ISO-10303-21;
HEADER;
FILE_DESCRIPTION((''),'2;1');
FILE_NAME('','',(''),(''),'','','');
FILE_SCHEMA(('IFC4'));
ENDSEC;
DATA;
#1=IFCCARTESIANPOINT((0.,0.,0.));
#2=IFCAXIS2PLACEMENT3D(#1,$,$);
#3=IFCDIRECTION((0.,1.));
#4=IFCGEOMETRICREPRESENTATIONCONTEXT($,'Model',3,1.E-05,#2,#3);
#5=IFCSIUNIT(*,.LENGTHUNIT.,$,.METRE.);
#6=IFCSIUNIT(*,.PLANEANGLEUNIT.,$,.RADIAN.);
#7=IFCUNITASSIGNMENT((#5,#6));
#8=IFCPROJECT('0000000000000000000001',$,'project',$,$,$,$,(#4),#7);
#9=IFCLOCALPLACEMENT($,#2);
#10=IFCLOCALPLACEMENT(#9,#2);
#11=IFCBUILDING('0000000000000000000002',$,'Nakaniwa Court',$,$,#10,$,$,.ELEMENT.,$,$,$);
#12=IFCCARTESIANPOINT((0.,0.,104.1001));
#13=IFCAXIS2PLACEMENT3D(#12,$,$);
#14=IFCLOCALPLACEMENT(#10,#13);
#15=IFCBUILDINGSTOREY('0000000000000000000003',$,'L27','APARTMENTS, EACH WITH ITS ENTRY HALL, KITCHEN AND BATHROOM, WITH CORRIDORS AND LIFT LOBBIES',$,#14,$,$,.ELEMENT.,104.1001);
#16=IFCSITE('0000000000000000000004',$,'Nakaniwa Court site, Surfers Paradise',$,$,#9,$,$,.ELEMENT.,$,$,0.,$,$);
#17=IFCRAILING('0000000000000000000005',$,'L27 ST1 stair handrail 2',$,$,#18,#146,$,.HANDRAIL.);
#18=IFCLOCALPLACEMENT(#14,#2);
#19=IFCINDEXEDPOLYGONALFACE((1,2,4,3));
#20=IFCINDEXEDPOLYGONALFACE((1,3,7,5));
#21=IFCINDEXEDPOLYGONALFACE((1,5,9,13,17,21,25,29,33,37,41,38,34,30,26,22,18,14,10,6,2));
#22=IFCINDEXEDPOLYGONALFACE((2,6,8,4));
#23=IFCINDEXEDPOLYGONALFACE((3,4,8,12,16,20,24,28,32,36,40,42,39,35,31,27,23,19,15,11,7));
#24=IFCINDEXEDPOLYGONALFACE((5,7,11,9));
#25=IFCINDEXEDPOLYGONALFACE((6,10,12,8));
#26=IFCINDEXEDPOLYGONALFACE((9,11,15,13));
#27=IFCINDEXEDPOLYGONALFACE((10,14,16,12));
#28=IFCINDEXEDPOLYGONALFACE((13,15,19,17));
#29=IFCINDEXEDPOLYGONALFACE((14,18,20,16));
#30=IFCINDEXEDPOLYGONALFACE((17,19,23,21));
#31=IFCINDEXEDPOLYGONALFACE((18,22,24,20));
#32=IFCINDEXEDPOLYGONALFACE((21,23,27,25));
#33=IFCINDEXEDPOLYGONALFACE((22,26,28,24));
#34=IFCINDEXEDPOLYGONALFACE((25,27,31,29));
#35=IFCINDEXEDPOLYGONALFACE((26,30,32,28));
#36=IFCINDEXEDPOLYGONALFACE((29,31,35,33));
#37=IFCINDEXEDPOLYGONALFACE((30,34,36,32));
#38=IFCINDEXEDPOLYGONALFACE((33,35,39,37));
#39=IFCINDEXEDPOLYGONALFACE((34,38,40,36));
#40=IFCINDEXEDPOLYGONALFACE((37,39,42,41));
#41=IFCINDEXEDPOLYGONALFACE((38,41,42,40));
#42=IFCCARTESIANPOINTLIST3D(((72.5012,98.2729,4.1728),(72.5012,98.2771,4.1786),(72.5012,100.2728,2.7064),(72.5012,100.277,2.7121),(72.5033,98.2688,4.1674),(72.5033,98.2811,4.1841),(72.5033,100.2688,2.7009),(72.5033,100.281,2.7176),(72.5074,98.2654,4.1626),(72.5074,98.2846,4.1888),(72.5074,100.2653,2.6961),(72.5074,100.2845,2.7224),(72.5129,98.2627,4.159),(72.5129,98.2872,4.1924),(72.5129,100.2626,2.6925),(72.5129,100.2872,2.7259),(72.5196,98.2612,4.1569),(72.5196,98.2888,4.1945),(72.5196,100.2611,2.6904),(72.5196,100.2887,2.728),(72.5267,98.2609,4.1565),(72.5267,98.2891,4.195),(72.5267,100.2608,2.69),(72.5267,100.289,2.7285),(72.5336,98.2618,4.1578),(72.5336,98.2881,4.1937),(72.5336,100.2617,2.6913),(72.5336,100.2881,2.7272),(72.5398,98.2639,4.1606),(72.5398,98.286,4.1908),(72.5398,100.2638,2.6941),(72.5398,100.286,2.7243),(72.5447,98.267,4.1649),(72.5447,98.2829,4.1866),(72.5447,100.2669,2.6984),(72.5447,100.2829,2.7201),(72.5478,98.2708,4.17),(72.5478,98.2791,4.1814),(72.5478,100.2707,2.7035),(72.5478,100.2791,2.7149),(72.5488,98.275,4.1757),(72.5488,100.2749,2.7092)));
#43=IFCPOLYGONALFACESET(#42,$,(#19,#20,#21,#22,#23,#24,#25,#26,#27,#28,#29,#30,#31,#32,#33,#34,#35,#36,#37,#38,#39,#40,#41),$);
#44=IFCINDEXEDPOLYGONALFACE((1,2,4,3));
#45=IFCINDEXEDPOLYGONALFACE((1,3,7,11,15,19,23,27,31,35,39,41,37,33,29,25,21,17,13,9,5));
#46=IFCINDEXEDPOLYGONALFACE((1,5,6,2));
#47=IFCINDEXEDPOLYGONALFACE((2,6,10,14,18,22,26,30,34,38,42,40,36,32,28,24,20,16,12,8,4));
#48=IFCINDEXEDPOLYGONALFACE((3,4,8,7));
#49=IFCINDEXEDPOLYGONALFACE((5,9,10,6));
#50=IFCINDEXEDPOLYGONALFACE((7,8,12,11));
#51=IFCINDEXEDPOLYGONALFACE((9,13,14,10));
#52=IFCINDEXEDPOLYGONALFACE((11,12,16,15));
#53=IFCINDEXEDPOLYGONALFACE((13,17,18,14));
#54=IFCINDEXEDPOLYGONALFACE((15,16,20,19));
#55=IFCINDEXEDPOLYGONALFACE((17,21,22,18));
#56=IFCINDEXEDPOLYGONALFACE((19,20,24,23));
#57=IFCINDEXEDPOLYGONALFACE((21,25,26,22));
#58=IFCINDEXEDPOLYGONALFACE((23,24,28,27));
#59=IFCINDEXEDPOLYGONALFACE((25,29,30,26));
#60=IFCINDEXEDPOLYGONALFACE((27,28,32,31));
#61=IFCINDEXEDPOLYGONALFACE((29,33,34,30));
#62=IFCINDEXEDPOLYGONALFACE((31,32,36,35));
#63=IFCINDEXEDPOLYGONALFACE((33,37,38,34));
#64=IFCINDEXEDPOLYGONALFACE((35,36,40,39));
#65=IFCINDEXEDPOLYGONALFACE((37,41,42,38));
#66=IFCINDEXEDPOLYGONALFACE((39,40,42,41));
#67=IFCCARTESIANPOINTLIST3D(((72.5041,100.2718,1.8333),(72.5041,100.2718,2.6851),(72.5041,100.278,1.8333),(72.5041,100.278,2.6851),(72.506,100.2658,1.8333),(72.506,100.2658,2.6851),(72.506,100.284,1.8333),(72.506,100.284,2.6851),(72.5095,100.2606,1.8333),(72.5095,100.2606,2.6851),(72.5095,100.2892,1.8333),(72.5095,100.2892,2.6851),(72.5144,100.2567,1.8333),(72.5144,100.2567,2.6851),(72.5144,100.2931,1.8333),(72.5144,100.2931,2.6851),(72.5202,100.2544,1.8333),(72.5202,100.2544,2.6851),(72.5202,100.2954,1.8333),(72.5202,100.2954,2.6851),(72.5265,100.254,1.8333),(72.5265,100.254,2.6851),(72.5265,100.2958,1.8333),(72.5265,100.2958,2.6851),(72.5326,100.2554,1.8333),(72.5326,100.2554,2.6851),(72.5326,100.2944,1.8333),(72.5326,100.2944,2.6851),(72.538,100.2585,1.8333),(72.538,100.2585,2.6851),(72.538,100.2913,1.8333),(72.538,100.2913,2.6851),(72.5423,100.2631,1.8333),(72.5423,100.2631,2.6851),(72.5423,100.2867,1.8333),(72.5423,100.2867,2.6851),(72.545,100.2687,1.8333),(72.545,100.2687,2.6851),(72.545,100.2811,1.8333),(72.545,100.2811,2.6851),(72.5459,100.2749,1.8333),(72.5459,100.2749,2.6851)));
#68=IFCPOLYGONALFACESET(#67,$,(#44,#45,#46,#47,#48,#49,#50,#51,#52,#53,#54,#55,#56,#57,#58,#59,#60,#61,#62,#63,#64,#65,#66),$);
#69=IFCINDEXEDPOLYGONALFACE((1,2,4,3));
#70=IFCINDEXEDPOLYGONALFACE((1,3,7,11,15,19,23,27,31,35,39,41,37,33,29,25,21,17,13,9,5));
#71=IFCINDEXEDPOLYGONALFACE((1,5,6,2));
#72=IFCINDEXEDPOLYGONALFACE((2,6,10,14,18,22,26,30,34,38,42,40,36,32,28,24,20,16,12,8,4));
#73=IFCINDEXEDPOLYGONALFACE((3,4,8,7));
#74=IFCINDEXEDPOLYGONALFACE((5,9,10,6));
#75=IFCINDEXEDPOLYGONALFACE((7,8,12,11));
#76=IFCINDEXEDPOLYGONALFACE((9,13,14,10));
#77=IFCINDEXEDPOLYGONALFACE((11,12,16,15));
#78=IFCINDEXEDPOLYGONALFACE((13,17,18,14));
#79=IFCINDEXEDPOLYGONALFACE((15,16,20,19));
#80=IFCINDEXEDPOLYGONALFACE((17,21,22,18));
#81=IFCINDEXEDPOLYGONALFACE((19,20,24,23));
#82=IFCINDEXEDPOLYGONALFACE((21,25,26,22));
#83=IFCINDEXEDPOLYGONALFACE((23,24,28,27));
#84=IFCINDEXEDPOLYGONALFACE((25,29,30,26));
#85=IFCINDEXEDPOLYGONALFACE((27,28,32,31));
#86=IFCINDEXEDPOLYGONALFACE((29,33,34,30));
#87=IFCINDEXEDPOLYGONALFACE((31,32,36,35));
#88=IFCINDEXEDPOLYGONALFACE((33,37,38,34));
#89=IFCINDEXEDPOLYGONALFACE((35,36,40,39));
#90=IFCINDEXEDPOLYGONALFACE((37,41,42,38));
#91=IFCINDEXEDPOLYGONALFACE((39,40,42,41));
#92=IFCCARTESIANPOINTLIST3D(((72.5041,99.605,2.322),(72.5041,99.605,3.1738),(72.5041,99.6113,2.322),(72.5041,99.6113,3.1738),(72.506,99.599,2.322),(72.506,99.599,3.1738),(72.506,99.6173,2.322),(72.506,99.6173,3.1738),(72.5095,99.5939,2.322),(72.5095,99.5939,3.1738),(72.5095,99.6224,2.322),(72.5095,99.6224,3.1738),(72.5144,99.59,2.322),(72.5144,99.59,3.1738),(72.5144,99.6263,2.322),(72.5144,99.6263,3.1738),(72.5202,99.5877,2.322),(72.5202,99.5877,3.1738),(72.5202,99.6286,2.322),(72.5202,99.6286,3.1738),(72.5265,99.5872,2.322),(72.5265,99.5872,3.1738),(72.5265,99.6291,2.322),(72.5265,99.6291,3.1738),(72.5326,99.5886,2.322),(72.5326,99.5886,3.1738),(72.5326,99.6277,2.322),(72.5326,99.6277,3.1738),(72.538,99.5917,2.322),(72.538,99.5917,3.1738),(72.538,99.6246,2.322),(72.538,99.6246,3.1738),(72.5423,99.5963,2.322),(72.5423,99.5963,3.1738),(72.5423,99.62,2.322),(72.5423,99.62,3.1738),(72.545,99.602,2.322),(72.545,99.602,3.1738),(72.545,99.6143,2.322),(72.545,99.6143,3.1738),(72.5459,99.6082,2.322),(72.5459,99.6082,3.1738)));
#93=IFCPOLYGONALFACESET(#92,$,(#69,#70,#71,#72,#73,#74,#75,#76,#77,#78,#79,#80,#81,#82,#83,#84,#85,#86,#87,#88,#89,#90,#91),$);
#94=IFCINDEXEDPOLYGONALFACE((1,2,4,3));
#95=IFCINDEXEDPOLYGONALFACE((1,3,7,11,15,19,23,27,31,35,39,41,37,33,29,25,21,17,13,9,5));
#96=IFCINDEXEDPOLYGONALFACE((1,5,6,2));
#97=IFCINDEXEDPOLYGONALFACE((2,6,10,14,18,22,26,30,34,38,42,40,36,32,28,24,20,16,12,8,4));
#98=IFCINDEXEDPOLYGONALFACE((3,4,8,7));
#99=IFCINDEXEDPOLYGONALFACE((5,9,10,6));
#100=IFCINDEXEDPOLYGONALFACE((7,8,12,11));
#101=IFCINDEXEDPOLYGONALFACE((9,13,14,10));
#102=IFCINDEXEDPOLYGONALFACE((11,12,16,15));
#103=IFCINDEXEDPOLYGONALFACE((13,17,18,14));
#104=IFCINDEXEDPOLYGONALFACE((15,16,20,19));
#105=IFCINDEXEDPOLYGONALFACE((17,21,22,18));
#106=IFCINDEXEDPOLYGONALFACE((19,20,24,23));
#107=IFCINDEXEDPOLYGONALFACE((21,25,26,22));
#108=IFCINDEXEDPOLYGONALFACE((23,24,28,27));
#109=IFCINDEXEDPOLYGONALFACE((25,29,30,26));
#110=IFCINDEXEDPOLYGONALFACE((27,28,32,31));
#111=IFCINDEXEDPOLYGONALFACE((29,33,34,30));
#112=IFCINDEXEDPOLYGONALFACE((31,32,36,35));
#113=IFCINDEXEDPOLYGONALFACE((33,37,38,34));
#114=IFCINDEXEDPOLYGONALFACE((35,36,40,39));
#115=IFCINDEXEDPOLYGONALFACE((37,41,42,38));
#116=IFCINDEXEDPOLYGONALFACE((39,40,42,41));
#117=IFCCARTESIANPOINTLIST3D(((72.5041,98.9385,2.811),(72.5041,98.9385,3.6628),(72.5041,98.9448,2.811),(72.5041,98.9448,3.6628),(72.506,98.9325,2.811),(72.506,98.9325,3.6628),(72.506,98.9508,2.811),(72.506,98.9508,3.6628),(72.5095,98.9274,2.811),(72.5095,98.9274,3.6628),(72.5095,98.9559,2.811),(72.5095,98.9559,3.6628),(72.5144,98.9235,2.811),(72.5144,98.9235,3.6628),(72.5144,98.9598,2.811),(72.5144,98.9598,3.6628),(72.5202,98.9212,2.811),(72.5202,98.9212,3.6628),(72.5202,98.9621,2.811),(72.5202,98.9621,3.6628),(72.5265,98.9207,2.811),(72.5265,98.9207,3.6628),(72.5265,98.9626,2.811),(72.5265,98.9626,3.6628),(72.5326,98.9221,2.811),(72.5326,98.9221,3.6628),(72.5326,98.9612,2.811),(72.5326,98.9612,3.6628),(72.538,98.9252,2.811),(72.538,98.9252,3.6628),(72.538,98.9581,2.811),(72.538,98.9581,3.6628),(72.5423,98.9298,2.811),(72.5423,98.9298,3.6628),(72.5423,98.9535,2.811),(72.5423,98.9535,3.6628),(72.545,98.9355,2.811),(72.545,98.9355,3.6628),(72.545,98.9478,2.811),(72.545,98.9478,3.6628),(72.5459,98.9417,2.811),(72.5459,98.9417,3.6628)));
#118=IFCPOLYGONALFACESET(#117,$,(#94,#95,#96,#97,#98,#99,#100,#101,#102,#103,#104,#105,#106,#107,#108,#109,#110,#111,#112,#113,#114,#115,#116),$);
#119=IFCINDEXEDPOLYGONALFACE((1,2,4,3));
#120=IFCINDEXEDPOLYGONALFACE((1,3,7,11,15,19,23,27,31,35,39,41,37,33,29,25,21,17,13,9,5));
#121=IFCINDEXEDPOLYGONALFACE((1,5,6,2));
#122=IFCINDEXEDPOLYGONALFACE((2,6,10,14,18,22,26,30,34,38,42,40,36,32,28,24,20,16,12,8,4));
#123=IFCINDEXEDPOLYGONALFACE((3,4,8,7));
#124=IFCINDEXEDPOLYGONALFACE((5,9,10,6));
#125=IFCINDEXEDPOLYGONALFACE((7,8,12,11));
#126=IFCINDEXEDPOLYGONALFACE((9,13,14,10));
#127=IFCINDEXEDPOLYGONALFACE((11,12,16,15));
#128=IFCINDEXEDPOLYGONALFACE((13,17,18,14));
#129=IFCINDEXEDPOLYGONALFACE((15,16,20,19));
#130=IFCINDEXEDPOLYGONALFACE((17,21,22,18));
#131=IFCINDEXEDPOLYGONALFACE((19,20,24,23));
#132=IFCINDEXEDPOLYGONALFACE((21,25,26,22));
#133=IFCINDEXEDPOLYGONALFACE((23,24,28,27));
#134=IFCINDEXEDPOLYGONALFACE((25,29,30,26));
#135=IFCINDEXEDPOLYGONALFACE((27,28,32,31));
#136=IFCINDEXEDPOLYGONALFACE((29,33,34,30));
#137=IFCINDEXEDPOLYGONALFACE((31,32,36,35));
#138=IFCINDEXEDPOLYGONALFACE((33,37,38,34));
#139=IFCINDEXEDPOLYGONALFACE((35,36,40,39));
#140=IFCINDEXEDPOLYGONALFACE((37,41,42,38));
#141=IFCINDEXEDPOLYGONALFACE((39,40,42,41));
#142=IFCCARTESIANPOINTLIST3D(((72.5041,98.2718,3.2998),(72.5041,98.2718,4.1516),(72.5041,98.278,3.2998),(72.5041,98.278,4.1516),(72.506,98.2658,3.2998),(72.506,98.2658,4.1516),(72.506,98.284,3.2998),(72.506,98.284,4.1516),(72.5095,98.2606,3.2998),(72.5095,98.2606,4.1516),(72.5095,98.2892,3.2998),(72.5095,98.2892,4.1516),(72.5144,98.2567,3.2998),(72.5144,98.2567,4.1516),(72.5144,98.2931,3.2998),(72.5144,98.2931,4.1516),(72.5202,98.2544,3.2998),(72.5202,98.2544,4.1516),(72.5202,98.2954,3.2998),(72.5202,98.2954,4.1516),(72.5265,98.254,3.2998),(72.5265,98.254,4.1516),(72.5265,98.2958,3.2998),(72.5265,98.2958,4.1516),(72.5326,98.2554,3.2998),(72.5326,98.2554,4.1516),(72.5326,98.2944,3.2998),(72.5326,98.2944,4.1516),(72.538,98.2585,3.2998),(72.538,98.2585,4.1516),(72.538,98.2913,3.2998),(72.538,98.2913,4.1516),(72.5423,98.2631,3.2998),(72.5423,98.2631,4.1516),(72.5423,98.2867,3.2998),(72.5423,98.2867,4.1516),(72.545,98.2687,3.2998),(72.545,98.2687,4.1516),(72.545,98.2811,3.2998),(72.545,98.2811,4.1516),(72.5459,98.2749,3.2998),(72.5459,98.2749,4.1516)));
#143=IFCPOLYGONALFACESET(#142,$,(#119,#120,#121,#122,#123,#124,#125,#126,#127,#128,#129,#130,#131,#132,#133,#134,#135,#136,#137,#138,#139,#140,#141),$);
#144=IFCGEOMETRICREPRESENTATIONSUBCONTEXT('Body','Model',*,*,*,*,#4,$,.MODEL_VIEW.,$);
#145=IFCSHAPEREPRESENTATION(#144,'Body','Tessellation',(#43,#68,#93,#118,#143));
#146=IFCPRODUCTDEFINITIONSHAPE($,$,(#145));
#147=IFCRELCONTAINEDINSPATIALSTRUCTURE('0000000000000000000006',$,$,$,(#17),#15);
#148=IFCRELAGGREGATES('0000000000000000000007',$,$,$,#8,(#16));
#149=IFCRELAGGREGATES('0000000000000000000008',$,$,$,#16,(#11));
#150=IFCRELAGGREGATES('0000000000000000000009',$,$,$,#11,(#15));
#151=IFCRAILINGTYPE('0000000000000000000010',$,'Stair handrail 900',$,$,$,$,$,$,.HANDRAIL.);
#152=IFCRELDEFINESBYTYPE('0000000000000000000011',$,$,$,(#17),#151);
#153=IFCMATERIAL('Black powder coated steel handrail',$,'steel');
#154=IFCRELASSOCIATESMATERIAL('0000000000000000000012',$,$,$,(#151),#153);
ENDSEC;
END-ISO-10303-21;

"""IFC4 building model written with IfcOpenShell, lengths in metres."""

from ifc_helpers import new_model, si_unit, direction, frame, origin, origin_2d, place, context, subcontext, project, spatial, circle, extrude, material, type_object, element, save


model = new_model("IFC4")

# Units and contexts
model_context = context("Model", 3, precision=1e-05, world=origin(), true_north=direction((0.0, 1.0)))
body_context = subcontext(model_context, "Body", "Model", "MODEL_VIEW")
ifc_project = project(units=[si_unit("LENGTHUNIT", "METRE"), si_unit("PLANEANGLEUNIT", "RADIAN")], contexts=[model_context])

# Site, building, storey
site_placement = place(None, origin())
site = spatial("IfcSite", under=ifc_project, at=site_placement, Name="Nakaniwa Court site, Surfers Paradise", CompositionType="ELEMENT", RefElevation=0.0)
building_placement = place(site_placement, origin())
building = spatial("IfcBuilding", under=site, at=building_placement, Name="Nakaniwa Court", CompositionType="ELEMENT")
storey_placement = place(building_placement, frame((0.0, 0.0, 104.1001)))
storey = spatial("IfcBuildingStorey", under=building, at=storey_placement, Name="L27", Description="APARTMENTS, EACH WITH ITS ENTRY HALL, KITCHEN AND BATHROOM, WITH CORRIDORS AND LIFT LOBBIES", CompositionType="ELEMENT", Elevation=104.1001)

# Railing
ifc_material_1 = material(Name="Black powder coated steel handrail", Category="steel")
railing_type_1 = type_object("IfcRailingType", Name="Stair handrail 900", PredefinedType="HANDRAIL", material=ifc_material_1)
railing_1_placement = place(storey_placement, frame((72.5249, 100.2749, 1.8333)))
element("IfcRailing", 1, at=railing_1_placement, inside=storey, type_object=railing_type_1, Name="L27 ST1 stair handrail 2", PredefinedType="HANDRAIL", context=body_context, shape_type="SweptSolid", body=[
    extrude(circle(Radius=0.0239, at=origin_2d()), frame((0.0, 0.0, 0.876), z_axis=(0.0, -0.806427, 0.591334), x_axis=(1.0, 0.0, 0.0)), (0.0, 0.0, 1.0), 2.48),
    extrude(circle(Radius=0.021, at=origin_2d()), origin(), (0.0, 0.0, 1.0), 0.8518),
    extrude(circle(Radius=0.021, at=origin_2d()), frame((0.0, -0.6667, 0.4888)), (0.0, 0.0, 1.0), 0.8518),
    extrude(circle(Radius=0.021, at=origin_2d()), frame((0.0, -1.3333, 0.9778)), (0.0, 0.0, 1.0), 0.8518),
    extrude(circle(Radius=0.021, at=origin_2d()), frame((0.0, -2.0, 1.4666)), (0.0, 0.0, 1.0), 0.8518),
])

save(model, "model.ifc")
